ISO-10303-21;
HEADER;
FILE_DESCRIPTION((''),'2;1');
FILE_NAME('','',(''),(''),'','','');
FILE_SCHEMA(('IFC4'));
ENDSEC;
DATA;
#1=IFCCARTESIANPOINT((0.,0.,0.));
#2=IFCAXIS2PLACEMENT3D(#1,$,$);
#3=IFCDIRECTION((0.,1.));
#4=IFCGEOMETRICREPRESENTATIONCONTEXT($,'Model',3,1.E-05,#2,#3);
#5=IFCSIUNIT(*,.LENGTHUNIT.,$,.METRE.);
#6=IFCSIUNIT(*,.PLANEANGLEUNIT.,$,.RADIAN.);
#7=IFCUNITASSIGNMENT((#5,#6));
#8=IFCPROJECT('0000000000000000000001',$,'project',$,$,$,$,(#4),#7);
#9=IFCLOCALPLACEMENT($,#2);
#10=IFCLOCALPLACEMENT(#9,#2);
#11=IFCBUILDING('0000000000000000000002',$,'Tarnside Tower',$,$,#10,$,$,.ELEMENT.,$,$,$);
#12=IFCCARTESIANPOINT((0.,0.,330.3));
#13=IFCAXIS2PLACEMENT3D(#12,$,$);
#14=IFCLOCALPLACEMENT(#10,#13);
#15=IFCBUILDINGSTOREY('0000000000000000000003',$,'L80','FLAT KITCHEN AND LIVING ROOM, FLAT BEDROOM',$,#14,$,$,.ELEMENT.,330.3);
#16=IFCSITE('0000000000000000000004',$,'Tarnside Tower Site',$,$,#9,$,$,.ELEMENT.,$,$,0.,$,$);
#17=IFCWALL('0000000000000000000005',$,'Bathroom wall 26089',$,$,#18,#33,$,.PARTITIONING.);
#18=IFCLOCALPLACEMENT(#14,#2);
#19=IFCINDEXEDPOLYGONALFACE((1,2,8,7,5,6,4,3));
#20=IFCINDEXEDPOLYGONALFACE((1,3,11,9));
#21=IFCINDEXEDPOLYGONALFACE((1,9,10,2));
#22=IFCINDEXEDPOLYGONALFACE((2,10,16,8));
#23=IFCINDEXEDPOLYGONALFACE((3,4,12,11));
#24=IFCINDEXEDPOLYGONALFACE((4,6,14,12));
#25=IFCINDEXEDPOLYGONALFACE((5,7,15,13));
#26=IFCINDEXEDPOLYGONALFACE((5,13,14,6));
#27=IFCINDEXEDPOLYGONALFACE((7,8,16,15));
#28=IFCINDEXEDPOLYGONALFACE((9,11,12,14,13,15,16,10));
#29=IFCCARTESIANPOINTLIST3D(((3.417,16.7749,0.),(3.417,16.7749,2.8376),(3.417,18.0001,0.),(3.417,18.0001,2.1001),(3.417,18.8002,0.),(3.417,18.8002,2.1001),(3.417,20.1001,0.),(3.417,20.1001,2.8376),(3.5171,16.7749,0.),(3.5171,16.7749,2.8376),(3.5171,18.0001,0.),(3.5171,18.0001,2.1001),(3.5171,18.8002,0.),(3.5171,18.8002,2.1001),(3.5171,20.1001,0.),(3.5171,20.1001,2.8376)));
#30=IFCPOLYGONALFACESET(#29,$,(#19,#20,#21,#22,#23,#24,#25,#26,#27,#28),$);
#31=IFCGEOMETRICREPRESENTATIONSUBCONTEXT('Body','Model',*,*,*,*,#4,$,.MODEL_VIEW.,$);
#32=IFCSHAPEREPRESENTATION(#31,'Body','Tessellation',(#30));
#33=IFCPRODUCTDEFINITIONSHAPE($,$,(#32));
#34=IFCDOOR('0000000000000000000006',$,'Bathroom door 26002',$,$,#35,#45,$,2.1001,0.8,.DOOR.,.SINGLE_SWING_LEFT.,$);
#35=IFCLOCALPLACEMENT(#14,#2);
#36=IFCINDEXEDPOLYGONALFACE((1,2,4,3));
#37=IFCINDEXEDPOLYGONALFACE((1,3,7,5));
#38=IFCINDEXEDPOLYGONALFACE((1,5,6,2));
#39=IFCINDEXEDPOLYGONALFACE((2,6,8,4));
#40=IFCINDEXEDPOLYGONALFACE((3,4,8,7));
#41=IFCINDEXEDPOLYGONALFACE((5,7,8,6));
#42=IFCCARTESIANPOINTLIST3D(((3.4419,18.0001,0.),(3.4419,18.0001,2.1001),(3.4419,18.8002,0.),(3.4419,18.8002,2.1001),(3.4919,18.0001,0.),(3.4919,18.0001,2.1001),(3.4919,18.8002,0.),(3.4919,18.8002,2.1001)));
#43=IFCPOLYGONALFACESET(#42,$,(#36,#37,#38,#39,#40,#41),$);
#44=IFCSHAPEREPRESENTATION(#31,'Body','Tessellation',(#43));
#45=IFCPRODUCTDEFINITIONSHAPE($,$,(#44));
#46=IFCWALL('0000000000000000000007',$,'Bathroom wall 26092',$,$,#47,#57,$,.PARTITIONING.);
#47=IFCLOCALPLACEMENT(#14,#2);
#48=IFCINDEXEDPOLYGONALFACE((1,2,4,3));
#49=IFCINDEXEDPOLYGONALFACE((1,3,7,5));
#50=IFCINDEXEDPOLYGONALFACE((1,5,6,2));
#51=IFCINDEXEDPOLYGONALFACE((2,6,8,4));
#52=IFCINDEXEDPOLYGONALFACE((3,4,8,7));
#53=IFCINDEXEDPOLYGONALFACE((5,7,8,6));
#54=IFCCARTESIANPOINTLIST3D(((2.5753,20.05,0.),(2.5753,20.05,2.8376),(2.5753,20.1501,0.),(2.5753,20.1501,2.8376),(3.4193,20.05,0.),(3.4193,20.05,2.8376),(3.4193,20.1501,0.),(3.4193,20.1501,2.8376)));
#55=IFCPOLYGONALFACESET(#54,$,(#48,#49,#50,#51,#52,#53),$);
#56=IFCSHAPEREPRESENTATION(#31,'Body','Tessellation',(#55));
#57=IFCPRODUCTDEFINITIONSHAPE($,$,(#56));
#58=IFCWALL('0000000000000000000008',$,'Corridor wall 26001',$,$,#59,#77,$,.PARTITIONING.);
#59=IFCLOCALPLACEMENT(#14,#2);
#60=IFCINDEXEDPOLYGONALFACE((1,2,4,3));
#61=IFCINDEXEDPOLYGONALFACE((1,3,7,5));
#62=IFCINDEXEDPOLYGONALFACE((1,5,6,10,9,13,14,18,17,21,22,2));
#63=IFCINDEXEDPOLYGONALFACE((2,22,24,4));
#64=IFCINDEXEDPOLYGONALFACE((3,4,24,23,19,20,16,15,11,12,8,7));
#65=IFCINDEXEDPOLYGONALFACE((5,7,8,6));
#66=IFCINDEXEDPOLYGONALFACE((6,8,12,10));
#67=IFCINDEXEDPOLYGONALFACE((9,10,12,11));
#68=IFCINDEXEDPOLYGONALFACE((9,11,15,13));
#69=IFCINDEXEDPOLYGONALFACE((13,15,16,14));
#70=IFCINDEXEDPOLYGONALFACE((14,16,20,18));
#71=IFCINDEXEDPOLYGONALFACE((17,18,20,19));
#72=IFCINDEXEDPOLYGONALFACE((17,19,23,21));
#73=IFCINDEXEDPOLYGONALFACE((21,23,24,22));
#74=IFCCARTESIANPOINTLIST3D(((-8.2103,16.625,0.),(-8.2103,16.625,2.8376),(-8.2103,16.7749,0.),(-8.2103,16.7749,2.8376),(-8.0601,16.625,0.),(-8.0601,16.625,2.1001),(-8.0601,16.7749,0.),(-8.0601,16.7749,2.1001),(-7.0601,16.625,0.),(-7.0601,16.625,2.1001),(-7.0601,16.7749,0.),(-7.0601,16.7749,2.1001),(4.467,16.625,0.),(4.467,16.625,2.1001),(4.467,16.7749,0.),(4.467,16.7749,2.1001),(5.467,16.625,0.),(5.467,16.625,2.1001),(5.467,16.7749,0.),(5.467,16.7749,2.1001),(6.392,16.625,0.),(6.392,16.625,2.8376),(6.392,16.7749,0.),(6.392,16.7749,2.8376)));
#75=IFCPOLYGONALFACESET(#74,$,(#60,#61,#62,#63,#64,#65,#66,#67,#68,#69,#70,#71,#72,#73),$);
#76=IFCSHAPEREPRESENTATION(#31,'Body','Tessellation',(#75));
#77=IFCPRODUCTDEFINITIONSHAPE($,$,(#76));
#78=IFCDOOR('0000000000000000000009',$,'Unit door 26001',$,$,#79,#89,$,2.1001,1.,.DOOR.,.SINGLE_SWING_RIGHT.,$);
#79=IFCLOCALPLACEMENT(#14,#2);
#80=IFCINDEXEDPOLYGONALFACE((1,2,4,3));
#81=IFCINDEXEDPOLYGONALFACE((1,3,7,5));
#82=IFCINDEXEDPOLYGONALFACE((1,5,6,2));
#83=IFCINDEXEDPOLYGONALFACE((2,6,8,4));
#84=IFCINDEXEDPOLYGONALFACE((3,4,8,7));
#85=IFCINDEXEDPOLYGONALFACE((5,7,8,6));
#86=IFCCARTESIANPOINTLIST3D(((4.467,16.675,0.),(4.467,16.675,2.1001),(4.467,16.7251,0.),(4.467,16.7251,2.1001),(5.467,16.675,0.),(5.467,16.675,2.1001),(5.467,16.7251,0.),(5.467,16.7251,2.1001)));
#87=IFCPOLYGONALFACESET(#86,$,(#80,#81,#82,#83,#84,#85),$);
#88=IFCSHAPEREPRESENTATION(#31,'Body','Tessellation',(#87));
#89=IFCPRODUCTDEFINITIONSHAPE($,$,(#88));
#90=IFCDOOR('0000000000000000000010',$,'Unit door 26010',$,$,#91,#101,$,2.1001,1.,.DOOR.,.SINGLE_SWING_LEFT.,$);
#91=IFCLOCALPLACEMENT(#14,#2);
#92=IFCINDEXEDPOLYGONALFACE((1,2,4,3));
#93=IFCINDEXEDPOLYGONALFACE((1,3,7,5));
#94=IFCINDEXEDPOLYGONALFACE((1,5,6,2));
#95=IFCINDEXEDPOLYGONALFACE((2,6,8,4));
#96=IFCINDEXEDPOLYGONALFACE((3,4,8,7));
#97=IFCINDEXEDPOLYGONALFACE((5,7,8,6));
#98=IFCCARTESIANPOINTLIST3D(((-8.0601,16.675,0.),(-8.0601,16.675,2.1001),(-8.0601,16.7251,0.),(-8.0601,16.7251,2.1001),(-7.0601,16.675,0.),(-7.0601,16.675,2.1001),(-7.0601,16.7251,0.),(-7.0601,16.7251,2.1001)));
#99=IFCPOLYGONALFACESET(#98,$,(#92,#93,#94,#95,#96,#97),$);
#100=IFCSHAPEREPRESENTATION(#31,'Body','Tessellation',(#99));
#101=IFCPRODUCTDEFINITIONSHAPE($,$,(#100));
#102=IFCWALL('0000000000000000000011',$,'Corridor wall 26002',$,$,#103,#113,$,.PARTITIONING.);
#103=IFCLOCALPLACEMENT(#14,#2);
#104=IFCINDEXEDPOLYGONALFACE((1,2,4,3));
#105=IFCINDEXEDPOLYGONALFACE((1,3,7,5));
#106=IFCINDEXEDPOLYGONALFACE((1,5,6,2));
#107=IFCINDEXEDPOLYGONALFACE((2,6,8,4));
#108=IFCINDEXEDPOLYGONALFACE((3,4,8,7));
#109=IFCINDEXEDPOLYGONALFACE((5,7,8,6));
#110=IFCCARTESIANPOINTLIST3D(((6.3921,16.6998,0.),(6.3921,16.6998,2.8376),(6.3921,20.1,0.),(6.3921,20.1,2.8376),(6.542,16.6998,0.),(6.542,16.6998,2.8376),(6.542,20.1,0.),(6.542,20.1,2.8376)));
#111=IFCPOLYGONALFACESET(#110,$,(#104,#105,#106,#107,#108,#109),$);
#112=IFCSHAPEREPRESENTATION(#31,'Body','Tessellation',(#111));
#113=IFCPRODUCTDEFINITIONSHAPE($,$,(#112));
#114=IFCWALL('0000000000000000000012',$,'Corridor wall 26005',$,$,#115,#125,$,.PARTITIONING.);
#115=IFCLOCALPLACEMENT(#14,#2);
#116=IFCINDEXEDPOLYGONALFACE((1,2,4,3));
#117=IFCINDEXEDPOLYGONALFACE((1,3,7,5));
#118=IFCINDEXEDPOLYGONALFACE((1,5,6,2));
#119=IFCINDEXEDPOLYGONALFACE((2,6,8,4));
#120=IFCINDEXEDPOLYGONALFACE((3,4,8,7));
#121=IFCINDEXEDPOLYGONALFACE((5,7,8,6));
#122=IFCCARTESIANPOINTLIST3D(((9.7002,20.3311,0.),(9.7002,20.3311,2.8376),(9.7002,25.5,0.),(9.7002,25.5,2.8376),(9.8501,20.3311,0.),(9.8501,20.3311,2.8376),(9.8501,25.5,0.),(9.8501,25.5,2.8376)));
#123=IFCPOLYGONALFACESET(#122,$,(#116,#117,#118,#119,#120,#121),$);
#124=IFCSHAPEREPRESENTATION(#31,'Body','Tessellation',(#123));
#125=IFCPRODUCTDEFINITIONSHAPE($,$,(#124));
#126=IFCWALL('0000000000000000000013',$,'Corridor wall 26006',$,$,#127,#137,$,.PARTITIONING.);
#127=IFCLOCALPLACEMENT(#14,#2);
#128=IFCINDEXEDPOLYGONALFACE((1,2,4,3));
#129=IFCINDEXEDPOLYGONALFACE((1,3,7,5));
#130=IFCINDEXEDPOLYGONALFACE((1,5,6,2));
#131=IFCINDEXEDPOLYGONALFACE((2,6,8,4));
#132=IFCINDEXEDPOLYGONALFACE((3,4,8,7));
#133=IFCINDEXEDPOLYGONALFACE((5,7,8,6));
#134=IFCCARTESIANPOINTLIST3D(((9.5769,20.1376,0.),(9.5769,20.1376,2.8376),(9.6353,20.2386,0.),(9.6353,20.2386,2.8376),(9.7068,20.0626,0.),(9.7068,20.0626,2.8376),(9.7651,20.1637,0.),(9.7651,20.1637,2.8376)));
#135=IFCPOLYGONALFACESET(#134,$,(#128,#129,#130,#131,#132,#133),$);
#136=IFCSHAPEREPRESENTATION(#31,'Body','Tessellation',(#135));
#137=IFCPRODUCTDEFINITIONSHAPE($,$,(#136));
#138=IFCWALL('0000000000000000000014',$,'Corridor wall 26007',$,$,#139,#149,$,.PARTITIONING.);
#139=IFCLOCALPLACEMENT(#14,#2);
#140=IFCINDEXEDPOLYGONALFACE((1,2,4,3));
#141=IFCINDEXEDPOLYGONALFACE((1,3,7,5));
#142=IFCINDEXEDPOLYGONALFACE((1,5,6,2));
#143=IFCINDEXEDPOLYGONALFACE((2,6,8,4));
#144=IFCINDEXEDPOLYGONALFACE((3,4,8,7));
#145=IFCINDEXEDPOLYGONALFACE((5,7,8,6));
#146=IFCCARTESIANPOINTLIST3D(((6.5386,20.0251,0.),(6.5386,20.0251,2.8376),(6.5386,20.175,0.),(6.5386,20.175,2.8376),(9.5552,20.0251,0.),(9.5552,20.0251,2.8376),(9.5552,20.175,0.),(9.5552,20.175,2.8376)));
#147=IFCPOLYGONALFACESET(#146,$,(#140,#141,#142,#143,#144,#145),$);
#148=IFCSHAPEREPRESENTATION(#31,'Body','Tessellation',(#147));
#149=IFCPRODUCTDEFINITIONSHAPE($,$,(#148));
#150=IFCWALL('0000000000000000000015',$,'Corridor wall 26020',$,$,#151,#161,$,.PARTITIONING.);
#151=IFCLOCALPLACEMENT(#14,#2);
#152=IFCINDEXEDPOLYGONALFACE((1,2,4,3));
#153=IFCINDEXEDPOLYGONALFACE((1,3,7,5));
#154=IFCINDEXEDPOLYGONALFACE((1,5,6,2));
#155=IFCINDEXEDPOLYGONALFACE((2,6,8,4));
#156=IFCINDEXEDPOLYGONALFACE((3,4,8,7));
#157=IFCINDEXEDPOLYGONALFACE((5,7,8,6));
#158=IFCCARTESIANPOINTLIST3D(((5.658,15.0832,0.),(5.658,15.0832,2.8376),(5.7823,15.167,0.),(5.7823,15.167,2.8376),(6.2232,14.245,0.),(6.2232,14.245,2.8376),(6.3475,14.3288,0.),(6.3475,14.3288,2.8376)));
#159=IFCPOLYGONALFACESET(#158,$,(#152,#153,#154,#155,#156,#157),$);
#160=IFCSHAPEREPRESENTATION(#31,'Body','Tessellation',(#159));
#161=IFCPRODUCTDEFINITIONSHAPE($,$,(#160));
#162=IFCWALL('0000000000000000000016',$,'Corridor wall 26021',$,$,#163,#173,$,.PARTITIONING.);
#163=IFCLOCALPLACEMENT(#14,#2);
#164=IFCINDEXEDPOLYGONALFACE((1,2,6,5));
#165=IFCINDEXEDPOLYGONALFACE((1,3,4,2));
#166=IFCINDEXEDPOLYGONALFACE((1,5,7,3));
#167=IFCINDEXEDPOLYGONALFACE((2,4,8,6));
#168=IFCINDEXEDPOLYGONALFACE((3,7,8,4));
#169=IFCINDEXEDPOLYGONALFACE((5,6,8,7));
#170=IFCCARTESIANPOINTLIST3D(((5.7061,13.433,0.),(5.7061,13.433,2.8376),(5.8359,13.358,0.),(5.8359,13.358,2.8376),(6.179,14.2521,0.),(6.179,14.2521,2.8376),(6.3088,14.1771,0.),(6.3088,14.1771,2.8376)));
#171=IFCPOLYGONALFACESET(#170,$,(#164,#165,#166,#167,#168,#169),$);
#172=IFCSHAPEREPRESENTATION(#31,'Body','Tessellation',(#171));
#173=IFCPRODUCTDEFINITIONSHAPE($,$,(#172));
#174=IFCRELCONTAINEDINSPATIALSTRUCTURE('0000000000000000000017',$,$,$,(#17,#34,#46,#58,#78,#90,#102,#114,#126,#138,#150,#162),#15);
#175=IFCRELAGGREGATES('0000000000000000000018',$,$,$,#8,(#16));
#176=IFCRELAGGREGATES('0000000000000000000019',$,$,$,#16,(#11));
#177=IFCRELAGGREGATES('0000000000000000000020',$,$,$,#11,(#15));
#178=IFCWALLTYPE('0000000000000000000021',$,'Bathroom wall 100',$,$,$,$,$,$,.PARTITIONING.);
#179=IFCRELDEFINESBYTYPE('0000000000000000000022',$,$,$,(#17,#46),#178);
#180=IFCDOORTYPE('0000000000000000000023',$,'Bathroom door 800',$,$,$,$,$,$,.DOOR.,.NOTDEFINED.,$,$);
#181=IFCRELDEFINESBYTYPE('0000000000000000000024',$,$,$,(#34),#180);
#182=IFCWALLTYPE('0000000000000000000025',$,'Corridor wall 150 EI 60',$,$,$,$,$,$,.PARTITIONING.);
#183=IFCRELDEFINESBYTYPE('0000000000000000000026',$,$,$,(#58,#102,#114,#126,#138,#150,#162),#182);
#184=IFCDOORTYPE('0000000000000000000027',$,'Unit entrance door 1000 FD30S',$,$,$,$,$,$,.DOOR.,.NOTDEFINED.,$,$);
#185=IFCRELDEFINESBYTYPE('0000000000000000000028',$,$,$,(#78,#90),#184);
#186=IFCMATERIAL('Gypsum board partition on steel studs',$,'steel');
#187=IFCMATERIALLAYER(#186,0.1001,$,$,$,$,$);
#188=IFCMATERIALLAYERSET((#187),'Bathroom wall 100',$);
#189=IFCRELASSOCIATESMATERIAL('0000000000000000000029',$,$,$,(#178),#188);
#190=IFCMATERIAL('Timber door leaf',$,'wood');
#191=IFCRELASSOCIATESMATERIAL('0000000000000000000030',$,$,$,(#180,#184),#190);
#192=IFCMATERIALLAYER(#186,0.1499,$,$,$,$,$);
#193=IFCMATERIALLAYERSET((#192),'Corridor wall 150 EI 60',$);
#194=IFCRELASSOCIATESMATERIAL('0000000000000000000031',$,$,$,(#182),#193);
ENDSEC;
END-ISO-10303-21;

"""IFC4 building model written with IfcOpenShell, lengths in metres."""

from ifc_helpers import new_model, si_unit, direction, frame, frame_2d, origin, place, context, subcontext, project, spatial, rectangle, extrude, material, layer, layer_set, type_object, element, fill, save


model = new_model("IFC4")

# Units and contexts
model_context = context("Model", 3, precision=1e-05, world=origin(), true_north=direction((0.0, 1.0)))
body_context = subcontext(model_context, "Body", "Model", "MODEL_VIEW")
ifc_project = project(units=[si_unit("LENGTHUNIT", "METRE"), si_unit("PLANEANGLEUNIT", "RADIAN")], contexts=[model_context])

# Site, building, storey
site_placement = place(None, origin())
site = spatial("IfcSite", under=ifc_project, at=site_placement, Name="Tarnside Tower Site", CompositionType="ELEMENT", RefElevation=0.0)
building_placement = place(site_placement, origin())
building = spatial("IfcBuilding", under=site, at=building_placement, Name="Tarnside Tower", CompositionType="ELEMENT")
storey_placement = place(building_placement, frame((0.0, 0.0, 330.3)))
storey = spatial("IfcBuildingStorey", under=building, at=storey_placement, Name="L80", Description="FLAT KITCHEN AND LIVING ROOM, FLAT BEDROOM", CompositionType="ELEMENT", Elevation=330.3)

# Shared definitions
ifc_material_1 = material(Name="Gypsum board partition on steel studs", Category="steel")
ifc_layer_1 = layer(ifc_material_1, 0.1001)
ifc_layer_set_1 = layer_set([ifc_layer_1], Name="Bathroom wall 100")
wall_type_1 = type_object("IfcWallType", Name="Bathroom wall 100", PredefinedType="PARTITIONING", material=ifc_layer_set_1)

# Wall, opening, door
wall_1_placement = place(storey_placement, frame((3.467, 20.1001, 0.0), z_axis=(0.0, 0.0, 1.0), x_axis=(0.0, -1.0, 0.0)))
wall_1 = element("IfcWall", 1, at=wall_1_placement, inside=storey, type_object=wall_type_1, Name="Bathroom wall 26089", PredefinedType="PARTITIONING", context=body_context, shape_type="SweptSolid", body=[
    extrude(rectangle(XDim=3.3252, YDim=0.1001, at=frame_2d((1.6626, 0.0))), origin(), (0.0, 0.0, 1.0), 2.8376),
])
opening_1_placement = place(wall_1_placement, frame((1.3, 0.0, 0.0)))
opening_1 = element("IfcOpeningElement", 2, at=opening_1_placement, cuts=wall_1, PredefinedType="OPENING", context=body_context, shape_type="SweptSolid", body=[
    extrude(rectangle(XDim=0.8, YDim=2.1001, at=frame_2d((0.3999, 1.05))), frame((0.0, 0.0601, 0.0), z_axis=(0.0, -1.0, 0.0), x_axis=(1.0, 0.0, 0.0)), (0.0, 0.0, 1.0), 0.1201),
])
ifc_material_2 = material(Name="Timber door leaf", Category="wood")
door_type_1 = type_object("IfcDoorType", Name="Bathroom door 800", OperationType="NOTDEFINED", PredefinedType="DOOR", material=ifc_material_2)
door_1_placement = place(opening_1_placement, origin())
door_1 = element("IfcDoor", 3, at=door_1_placement, inside=storey, type_object=door_type_1, Name="Bathroom door 26002", OperationType="SINGLE_SWING_LEFT", OverallHeight=2.1001, OverallWidth=0.8, PredefinedType="DOOR", context=body_context, shape_type="SweptSolid", body=[
    extrude(rectangle(XDim=0.8, YDim=2.1001, at=frame_2d((0.3999, 1.05))), frame((0.0, 0.0249, 0.0), z_axis=(0.0, -1.0, 0.0), x_axis=(1.0, 0.0, 0.0)), (0.0, 0.0, 1.0), 0.05),
])
fill(opening_1, door_1)

# Wall
wall_2_placement = place(storey_placement, frame((3.4192, 20.1001, 0.0), z_axis=(0.0, 0.0, 1.0), x_axis=(-1.0, 0.0, 0.0)))
element("IfcWall", 4, at=wall_2_placement, inside=storey, type_object=wall_type_1, Name="Bathroom wall 26092", PredefinedType="PARTITIONING", context=body_context, shape_type="SweptSolid", body=[
    extrude(rectangle(XDim=0.844, YDim=0.1001, at=frame_2d((0.4219, 0.0))), origin(), (0.0, 0.0, 1.0), 2.8376),
])

# Wall, openings, doors
ifc_layer_2 = layer(ifc_material_1, 0.1499)
ifc_layer_set_2 = layer_set([ifc_layer_2], Name="Corridor wall 150 EI 60")
wall_type_2 = type_object("IfcWallType", Name="Corridor wall 150 EI 60", PredefinedType="PARTITIONING", material=ifc_layer_set_2)
wall_3_placement = place(storey_placement, frame((6.3921, 16.7, 0.0), z_axis=(0.0, 0.0, 1.0), x_axis=(-1.0, 0.0, 0.0)))
wall_3 = element("IfcWall", 5, at=wall_3_placement, inside=storey, type_object=wall_type_2, Name="Corridor wall 26001", PredefinedType="PARTITIONING", context=body_context, shape_type="SweptSolid", body=[
    extrude(rectangle(XDim=14.6023, YDim=0.1499, at=frame_2d((7.3013, 0.0))), origin(), (0.0, 0.0, 1.0), 2.8376),
])
opening_2_placement = place(wall_3_placement, frame((0.925, 0.0, 0.0)))
opening_2 = element("IfcOpeningElement", 6, at=opening_2_placement, cuts=wall_3, PredefinedType="OPENING", context=body_context, shape_type="SweptSolid", body=[
    extrude(rectangle(XDim=1.0, YDim=2.1001, at=frame_2d((0.5, 1.05))), frame((0.0, 0.085, 0.0), z_axis=(0.0, -1.0, 0.0), x_axis=(1.0, 0.0, 0.0)), (0.0, 0.0, 1.0), 0.1699),
])
opening_3_placement = place(wall_3_placement, frame((13.4521, 0.0, 0.0)))
opening_3 = element("IfcOpeningElement", 7, at=opening_3_placement, cuts=wall_3, PredefinedType="OPENING", context=body_context, shape_type="SweptSolid", body=[
    extrude(rectangle(XDim=1.0, YDim=2.1001, at=frame_2d((0.5, 1.05))), frame((0.0, 0.085, 0.0), z_axis=(0.0, -1.0, 0.0), x_axis=(1.0, 0.0, 0.0)), (0.0, 0.0, 1.0), 0.1699),
])
door_type_2 = type_object("IfcDoorType", Name="Unit entrance door 1000 FD30S", OperationType="NOTDEFINED", PredefinedType="DOOR", material=ifc_material_2)
door_2_placement = place(opening_2_placement, origin())
door_2 = element("IfcDoor", 8, at=door_2_placement, inside=storey, type_object=door_type_2, Name="Unit door 26001", OperationType="SINGLE_SWING_RIGHT", OverallHeight=2.1001, OverallWidth=1.0, PredefinedType="DOOR", context=body_context, shape_type="SweptSolid", body=[
    extrude(rectangle(XDim=1.0, YDim=2.1001, at=frame_2d((0.5, 1.05))), frame((0.0, 0.0249, 0.0), z_axis=(0.0, -1.0, 0.0), x_axis=(1.0, 0.0, 0.0)), (0.0, 0.0, 1.0), 0.05),
])
fill(opening_2, door_2)
door_3_placement = place(opening_3_placement, origin())
door_3 = element("IfcDoor", 9, at=door_3_placement, inside=storey, type_object=door_type_2, Name="Unit door 26010", OperationType="SINGLE_SWING_LEFT", OverallHeight=2.1001, OverallWidth=1.0, PredefinedType="DOOR", context=body_context, shape_type="SweptSolid", body=[
    extrude(rectangle(XDim=1.0, YDim=2.1001, at=frame_2d((0.5, 1.05))), frame((0.0, 0.0249, 0.0), z_axis=(0.0, -1.0, 0.0), x_axis=(1.0, 0.0, 0.0)), (0.0, 0.0, 1.0), 0.05),
])
fill(opening_3, door_3)

# Walls
wall_4_placement = place(storey_placement, frame((6.467, 20.1001, 0.0), z_axis=(0.0, 0.0, 1.0), x_axis=(0.0, -1.0, 0.0)))
element("IfcWall", 10, at=wall_4_placement, inside=storey, type_object=wall_type_2, Name="Corridor wall 26002", PredefinedType="PARTITIONING", context=body_context, shape_type="SweptSolid", body=[
    extrude(rectangle(XDim=3.4001, YDim=0.1499, at=frame_2d((1.7002, 0.0))), origin(), (0.0, 0.0, 1.0), 2.8376),
])
wall_5_placement = place(storey_placement, frame((9.7751, 25.5, 0.0), z_axis=(0.0, 0.0, 1.0), x_axis=(0.0, -1.0, 0.0)))
element("IfcWall", 11, at=wall_5_placement, inside=storey, type_object=wall_type_2, Name="Corridor wall 26005", PredefinedType="PARTITIONING", context=body_context, shape_type="SweptSolid", body=[
    extrude(rectangle(XDim=5.1689, YDim=0.1499, at=frame_2d((2.5845, 0.0))), origin(), (0.0, 0.0, 1.0), 2.8376),
])
wall_6_placement = place(storey_placement, frame((9.7002, 20.2012, 0.0), z_axis=(0.0, 0.0, 1.0), x_axis=(-0.499964, -0.866046, 0.0)))
element("IfcWall", 12, at=wall_6_placement, inside=storey, type_object=wall_type_2, Name="Corridor wall 26006", PredefinedType="PARTITIONING", context=body_context, shape_type="SweptSolid", body=[
    extrude(rectangle(XDim=0.1167, YDim=0.1499, at=frame_2d((0.0583, 0.0))), origin(), (0.0, 0.0, 1.0), 2.8376),
])
wall_7_placement = place(storey_placement, frame((9.5552, 20.1001, 0.0), z_axis=(0.0, 0.0, 1.0), x_axis=(-1.0, 0.0, 0.0)))
element("IfcWall", 13, at=wall_7_placement, inside=storey, type_object=wall_type_2, Name="Corridor wall 26007", PredefinedType="PARTITIONING", context=body_context, shape_type="SweptSolid", body=[
    extrude(rectangle(XDim=3.0166, YDim=0.1499, at=frame_2d((1.5083, 0.0))), origin(), (0.0, 0.0, 1.0), 2.8376),
])
wall_8_placement = place(storey_placement, frame((5.7202, 15.125, 0.0), z_axis=(0.0, 0.0, 1.0), x_axis=(0.559095, -0.829103, 0.0)))
element("IfcWall", 14, at=wall_8_placement, inside=storey, type_object=wall_type_2, Name="Corridor wall 26020", PredefinedType="PARTITIONING", context=body_context, shape_type="SweptSolid", body=[
    extrude(rectangle(XDim=1.011, YDim=0.1499, at=frame_2d((0.5054, 0.0))), origin(), (0.0, 0.0, 1.0), 2.8376),
])
wall_9_placement = place(storey_placement, frame((6.2439, 14.2146, 0.0), z_axis=(0.0, 0.0, 1.0), x_axis=(-0.499998, -0.866027, 0.0)))
element("IfcWall", 15, at=wall_9_placement, inside=storey, type_object=wall_type_2, Name="Corridor wall 26021", PredefinedType="PARTITIONING", context=body_context, shape_type="SweptSolid", body=[
    extrude(rectangle(XDim=0.9458, YDim=0.1499, at=frame_2d((0.4729, 0.0))), origin(), (0.0, 0.0, 1.0), 2.8376),
])

save(model, "model.ifc")
